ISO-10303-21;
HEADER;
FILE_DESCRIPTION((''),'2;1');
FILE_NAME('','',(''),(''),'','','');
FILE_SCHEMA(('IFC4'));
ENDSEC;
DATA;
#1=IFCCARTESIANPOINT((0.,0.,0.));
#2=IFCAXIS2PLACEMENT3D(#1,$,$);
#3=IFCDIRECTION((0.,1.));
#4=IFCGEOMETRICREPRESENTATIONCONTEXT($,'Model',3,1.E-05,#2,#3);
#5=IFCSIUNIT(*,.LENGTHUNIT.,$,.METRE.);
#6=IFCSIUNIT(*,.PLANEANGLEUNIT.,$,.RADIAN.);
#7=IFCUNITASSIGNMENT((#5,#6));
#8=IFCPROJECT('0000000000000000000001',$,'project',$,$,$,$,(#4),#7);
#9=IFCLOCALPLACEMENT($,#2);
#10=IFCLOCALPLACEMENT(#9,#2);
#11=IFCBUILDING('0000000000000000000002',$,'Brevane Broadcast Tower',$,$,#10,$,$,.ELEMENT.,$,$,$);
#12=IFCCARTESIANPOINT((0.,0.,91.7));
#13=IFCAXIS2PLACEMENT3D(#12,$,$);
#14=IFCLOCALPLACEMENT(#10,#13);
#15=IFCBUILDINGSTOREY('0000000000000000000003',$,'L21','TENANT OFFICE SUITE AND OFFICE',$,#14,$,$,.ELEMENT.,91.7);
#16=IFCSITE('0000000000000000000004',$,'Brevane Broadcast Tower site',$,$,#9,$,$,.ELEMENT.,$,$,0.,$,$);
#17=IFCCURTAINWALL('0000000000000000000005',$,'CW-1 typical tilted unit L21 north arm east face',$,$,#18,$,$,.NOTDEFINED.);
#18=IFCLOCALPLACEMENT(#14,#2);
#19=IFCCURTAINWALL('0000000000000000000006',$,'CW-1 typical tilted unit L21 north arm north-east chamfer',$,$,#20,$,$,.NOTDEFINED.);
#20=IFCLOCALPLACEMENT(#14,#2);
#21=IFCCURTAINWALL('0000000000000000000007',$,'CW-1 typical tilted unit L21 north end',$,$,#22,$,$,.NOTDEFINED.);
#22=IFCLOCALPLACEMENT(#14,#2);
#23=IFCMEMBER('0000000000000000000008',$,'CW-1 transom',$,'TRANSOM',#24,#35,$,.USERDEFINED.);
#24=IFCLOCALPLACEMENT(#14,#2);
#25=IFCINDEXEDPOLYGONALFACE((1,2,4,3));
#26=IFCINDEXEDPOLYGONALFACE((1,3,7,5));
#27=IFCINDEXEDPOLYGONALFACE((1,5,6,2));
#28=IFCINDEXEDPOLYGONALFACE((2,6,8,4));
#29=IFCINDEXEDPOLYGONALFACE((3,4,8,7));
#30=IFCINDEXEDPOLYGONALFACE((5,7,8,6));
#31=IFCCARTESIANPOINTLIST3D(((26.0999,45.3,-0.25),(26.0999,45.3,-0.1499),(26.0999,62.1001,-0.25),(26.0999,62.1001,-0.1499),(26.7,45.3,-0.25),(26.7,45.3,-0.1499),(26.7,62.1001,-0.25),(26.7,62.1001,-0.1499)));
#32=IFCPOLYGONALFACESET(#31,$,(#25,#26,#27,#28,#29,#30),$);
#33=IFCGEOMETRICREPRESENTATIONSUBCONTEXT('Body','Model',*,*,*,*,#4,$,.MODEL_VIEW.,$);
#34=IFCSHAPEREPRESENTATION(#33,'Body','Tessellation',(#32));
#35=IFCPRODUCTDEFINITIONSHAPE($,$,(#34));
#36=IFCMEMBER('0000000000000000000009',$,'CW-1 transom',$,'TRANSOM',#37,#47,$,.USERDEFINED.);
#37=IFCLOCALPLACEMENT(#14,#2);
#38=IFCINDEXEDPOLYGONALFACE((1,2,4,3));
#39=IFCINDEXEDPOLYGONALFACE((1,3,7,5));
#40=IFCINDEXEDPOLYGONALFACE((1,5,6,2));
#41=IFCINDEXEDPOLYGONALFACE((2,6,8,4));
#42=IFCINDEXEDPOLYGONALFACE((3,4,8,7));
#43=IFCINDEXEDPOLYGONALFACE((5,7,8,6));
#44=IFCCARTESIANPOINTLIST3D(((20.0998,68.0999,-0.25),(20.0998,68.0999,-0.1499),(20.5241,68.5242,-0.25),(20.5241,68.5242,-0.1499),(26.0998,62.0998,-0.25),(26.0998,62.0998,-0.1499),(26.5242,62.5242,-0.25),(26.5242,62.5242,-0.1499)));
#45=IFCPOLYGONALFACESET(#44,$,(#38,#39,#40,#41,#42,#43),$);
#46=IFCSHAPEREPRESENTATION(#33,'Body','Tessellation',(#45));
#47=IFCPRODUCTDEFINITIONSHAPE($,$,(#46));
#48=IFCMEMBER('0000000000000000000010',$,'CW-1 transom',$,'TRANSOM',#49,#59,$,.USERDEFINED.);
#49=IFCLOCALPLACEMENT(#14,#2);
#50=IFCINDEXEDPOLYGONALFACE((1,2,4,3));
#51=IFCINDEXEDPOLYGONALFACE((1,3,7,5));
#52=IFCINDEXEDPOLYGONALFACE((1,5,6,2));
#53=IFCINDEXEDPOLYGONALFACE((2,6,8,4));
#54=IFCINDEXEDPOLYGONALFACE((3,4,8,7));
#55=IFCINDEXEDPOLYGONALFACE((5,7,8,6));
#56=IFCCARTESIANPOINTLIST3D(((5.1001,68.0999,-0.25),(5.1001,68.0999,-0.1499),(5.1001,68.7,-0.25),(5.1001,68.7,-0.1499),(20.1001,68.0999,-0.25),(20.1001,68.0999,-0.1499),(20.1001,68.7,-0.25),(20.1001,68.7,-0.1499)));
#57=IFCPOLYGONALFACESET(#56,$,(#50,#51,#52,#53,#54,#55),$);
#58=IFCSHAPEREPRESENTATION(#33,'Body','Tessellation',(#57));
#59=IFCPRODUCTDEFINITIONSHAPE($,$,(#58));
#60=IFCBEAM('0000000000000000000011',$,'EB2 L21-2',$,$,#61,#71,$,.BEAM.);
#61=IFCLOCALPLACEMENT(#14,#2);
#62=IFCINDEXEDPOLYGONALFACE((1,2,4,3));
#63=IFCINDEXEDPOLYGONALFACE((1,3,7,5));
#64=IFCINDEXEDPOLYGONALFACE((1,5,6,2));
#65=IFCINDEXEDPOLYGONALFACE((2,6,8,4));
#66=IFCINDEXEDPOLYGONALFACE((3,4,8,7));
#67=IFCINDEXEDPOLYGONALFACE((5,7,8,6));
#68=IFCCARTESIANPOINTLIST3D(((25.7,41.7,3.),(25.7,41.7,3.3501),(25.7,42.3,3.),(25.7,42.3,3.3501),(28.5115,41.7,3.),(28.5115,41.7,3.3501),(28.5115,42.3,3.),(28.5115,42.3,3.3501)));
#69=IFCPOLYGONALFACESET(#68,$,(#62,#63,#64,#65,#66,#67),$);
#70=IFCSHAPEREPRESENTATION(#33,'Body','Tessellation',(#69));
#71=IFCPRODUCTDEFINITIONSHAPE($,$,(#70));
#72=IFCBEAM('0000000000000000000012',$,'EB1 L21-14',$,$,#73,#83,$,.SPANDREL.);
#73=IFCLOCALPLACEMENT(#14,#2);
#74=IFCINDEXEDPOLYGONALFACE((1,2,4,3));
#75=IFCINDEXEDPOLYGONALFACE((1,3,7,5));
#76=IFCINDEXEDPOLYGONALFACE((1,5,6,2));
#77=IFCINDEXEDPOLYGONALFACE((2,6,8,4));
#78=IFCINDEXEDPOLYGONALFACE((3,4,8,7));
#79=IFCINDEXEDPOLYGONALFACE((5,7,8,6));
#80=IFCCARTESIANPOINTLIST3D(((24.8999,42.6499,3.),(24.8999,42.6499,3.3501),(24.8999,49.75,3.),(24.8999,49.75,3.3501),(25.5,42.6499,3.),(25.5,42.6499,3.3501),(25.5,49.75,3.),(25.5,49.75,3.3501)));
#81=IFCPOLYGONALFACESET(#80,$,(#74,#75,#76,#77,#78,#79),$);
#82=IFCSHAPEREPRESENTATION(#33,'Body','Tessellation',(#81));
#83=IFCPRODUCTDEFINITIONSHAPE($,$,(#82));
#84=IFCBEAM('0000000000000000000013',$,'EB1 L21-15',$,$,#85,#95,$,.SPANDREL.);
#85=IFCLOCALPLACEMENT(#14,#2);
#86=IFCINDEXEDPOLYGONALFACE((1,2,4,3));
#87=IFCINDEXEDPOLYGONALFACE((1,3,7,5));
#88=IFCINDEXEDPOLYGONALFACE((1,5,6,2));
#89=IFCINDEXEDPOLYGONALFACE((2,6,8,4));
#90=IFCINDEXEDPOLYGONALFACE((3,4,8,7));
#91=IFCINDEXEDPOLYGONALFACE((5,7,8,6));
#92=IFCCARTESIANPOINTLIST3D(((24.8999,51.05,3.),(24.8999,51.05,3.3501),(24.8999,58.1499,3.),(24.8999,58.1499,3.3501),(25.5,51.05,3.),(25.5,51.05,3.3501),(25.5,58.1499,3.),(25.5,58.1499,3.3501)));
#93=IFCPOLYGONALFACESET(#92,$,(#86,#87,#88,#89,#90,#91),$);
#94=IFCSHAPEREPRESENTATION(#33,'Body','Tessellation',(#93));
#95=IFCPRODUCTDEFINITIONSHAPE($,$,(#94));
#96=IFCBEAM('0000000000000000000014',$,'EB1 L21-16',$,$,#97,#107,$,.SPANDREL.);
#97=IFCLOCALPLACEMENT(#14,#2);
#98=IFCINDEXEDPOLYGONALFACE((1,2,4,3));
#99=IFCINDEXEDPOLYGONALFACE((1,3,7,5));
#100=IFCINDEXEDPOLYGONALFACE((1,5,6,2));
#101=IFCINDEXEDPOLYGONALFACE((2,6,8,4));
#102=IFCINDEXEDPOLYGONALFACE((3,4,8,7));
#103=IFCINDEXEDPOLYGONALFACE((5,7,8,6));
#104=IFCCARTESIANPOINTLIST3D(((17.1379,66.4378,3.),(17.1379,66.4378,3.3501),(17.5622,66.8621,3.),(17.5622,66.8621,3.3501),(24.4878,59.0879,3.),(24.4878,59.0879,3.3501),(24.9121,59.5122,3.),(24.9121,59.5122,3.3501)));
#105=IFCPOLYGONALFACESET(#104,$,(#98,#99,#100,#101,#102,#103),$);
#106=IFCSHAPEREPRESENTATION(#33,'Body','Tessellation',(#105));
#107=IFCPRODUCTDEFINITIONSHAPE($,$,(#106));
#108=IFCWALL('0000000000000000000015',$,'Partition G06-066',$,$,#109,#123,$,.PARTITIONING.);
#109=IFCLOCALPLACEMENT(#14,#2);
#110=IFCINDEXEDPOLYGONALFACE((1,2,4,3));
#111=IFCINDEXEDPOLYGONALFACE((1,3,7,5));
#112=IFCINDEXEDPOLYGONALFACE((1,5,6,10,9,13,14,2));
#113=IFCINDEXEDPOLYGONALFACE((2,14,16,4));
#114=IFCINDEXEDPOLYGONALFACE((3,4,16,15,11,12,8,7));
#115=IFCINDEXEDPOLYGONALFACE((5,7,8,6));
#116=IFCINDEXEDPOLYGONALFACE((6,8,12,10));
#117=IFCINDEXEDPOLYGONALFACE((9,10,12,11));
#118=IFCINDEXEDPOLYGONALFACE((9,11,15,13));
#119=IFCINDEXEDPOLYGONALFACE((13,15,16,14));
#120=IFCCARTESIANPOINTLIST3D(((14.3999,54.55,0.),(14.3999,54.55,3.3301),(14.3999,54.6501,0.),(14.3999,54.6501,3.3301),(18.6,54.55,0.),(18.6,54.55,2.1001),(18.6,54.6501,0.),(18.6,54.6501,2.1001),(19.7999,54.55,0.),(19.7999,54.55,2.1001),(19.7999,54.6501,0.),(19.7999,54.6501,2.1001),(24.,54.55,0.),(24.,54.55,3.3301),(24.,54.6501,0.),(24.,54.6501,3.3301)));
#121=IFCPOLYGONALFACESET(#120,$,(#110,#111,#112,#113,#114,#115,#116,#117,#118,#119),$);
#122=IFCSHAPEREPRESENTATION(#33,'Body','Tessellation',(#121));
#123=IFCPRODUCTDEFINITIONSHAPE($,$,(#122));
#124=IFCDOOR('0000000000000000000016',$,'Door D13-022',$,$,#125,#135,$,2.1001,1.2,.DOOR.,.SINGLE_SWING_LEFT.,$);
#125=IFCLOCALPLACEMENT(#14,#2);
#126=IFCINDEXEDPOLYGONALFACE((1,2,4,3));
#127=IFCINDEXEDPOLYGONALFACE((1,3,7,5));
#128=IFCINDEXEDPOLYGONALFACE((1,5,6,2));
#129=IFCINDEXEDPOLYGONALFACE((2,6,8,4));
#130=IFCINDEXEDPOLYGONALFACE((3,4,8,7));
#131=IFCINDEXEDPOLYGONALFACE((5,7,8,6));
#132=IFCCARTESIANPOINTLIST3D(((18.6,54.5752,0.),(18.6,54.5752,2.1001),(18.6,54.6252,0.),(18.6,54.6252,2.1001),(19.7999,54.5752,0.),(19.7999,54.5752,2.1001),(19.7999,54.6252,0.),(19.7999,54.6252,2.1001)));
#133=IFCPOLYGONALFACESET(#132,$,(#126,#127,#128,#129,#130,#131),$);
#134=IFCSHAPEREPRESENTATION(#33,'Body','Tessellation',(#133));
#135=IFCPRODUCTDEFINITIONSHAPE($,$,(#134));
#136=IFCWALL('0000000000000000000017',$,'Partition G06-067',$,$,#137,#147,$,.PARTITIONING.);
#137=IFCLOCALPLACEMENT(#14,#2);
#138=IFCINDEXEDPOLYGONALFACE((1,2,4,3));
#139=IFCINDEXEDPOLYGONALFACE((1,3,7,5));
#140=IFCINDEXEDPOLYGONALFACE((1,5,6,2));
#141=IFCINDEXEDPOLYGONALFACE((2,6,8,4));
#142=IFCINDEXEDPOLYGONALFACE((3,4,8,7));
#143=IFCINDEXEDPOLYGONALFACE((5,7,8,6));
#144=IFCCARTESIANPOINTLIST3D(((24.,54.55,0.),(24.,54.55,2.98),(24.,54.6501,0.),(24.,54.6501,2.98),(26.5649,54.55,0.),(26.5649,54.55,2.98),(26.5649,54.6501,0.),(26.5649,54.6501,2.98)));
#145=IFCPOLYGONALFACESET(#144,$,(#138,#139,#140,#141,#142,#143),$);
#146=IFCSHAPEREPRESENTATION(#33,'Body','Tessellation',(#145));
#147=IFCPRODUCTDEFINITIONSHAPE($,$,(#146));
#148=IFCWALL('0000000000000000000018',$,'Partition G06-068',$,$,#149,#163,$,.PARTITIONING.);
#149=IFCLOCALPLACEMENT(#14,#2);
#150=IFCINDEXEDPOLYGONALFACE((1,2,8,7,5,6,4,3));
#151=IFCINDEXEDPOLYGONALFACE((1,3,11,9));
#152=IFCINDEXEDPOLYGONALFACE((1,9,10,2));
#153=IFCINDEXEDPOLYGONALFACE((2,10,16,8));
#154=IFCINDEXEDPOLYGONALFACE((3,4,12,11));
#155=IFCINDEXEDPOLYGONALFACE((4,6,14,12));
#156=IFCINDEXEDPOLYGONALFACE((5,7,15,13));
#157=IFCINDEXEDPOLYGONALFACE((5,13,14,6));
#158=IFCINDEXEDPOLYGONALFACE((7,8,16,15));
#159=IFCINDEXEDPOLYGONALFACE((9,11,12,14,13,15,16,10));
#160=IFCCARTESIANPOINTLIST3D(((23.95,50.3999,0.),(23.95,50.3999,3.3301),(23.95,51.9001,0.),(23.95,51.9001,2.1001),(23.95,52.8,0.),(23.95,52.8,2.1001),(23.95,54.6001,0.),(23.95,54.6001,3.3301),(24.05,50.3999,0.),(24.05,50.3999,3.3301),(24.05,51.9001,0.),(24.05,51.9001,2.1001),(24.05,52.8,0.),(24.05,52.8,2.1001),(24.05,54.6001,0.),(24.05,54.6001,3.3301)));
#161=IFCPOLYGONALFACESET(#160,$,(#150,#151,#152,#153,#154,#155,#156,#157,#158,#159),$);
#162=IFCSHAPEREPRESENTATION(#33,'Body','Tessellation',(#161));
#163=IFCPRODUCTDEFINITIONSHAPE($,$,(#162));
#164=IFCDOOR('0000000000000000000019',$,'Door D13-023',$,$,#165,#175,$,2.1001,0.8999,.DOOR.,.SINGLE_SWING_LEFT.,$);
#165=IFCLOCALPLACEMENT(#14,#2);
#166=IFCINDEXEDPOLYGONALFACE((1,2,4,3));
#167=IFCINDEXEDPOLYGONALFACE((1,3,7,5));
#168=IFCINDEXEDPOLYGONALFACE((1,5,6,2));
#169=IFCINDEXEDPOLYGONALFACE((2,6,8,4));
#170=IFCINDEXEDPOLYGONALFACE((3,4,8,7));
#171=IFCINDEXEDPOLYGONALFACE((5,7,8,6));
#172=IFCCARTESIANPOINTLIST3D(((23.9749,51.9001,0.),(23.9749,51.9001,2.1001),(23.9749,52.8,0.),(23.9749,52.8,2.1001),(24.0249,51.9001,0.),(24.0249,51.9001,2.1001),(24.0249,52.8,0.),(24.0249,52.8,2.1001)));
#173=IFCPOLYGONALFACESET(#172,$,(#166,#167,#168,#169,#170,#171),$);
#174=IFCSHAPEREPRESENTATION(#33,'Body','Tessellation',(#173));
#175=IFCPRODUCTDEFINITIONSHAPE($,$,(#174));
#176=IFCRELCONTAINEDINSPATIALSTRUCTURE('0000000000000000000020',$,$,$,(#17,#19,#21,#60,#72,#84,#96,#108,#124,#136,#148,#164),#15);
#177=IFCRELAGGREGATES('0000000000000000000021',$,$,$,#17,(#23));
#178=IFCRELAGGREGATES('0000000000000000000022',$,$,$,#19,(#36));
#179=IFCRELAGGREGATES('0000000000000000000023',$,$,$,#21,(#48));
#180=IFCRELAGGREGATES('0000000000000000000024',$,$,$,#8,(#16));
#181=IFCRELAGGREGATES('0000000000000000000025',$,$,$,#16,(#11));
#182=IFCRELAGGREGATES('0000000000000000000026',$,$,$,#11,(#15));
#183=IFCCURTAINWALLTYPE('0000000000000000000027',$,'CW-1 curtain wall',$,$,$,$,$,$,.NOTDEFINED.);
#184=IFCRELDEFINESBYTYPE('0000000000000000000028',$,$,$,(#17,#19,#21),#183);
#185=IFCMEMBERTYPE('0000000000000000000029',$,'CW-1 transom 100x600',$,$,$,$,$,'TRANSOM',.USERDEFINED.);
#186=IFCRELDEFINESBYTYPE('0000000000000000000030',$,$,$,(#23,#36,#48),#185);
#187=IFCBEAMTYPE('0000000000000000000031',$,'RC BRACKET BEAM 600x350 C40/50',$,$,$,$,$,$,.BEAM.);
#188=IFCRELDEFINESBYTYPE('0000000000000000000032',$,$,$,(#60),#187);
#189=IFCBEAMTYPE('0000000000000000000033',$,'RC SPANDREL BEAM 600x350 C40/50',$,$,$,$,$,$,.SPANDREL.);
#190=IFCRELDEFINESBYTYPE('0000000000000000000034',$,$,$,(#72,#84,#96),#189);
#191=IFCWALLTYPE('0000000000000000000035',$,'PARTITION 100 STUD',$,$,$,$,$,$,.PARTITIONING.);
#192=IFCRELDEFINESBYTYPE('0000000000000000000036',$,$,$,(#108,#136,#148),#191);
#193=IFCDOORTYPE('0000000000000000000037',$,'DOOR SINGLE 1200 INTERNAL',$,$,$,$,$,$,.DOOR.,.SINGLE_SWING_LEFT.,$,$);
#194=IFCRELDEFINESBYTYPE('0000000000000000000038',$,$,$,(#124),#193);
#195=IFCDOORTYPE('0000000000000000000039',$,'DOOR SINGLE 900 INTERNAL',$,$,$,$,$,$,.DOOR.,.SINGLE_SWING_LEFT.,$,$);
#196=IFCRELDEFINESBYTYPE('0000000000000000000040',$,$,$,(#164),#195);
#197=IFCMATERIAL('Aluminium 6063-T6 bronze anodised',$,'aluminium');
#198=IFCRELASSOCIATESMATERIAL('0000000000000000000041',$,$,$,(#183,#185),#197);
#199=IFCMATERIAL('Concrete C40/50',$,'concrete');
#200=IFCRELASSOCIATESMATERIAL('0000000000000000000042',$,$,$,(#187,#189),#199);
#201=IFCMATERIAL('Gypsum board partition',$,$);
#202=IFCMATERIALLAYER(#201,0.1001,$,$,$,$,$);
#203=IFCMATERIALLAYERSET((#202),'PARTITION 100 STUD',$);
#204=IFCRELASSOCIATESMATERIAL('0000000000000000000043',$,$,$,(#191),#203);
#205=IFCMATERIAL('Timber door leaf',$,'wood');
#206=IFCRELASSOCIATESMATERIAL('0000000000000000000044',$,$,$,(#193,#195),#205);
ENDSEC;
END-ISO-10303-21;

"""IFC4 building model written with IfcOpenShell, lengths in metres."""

from ifc_helpers import new_model, si_unit, direction, frame, frame_2d, origin, origin_2d, place, context, subcontext, project, spatial, rectangle, extrude, material, layer, layer_set, material_profile, profile_set, type_object, element, fill, aggregate, save


model = new_model("IFC4")

# Units and contexts
model_context = context("Model", 3, precision=1e-05, world=origin(), true_north=direction((0.0, 1.0)))
body_context = subcontext(model_context, "Body", "Model", "MODEL_VIEW")
ifc_project = project(units=[si_unit("LENGTHUNIT", "METRE"), si_unit("PLANEANGLEUNIT", "RADIAN")], contexts=[model_context])

# Site, building, storey
site_placement = place(None, origin())
site = spatial("IfcSite", under=ifc_project, at=site_placement, Name="Brevane Broadcast Tower site", CompositionType="ELEMENT", RefElevation=0.0)
building_placement = place(site_placement, origin())
building = spatial("IfcBuilding", under=site, at=building_placement, Name="Brevane Broadcast Tower", CompositionType="ELEMENT")
storey_placement = place(building_placement, frame((0.0, 0.0, 91.7)))
storey = spatial("IfcBuildingStorey", under=building, at=storey_placement, Name="L21", Description="TENANT OFFICE SUITE AND OFFICE", CompositionType="ELEMENT", Elevation=91.7)

# Shared definitions
ifc_material_1 = material(Name="Aluminium 6063-T6 bronze anodised", Category="aluminium")
curtain_wall_type = type_object("IfcCurtainWallType", Name="CW-1 curtain wall", PredefinedType="NOTDEFINED", material=ifc_material_1)

# Curtain walls
curtain_wall_1_placement = place(storey_placement, origin())
curtain_wall_1 = element("IfcCurtainWall", 1, at=curtain_wall_1_placement, inside=storey, type_object=curtain_wall_type, Name="CW-1 typical tilted unit L21 north arm east face", PredefinedType="NOTDEFINED")
curtain_wall_2_placement = place(storey_placement, origin())
curtain_wall_2 = element("IfcCurtainWall", 2, at=curtain_wall_2_placement, inside=storey, type_object=curtain_wall_type, Name="CW-1 typical tilted unit L21 north arm north-east chamfer", PredefinedType="NOTDEFINED")

# Curtain wall
curtain_wall_3_placement = place(storey_placement, origin())
curtain_wall_3 = element("IfcCurtainWall", 3, at=curtain_wall_3_placement, inside=storey, type_object=curtain_wall_type, Name="CW-1 typical tilted unit L21 north end", PredefinedType="NOTDEFINED")

# Members
ifc_material_profile_1 = material_profile(ifc_material_1, rectangle(XDim=0.6001, YDim=0.1001, at=origin_2d()), Name="RECT 100x600")
ifc_profile_set_1 = profile_set([ifc_material_profile_1], Name="Aluminium 6063-T6 bronze anodised")
member_type_1 = type_object("IfcMemberType", Name="CW-1 transom 100x600", ElementType="TRANSOM", PredefinedType="USERDEFINED", material=ifc_profile_set_1)
member_1_placement = place(storey_placement, frame((26.3999, 45.3, -0.2), z_axis=(0.0, 1.0, 0.0), x_axis=(-1.0, 0.0, 0.0)))
member_1 = element("IfcMember", 4, at=member_1_placement, type_object=member_type_1, Name="CW-1 transom", ObjectType="TRANSOM", PredefinedType="USERDEFINED", context=body_context, shape_type="SweptSolid", body=[
    extrude(rectangle(XDim=0.6001, YDim=0.1001, at=origin_2d()), origin(), (0.0, 0.0, 1.0), 16.8),
])
aggregate(curtain_wall_1, [member_1])
member_2_placement = place(storey_placement, frame((26.312, 62.312, -0.2), z_axis=(-0.707107, 0.707107, 0.0), x_axis=(-0.707107, -0.707107, 0.0)))
member_2 = element("IfcMember", 5, at=member_2_placement, type_object=member_type_1, Name="CW-1 transom", ObjectType="TRANSOM", PredefinedType="USERDEFINED", context=body_context, shape_type="SweptSolid", body=[
    extrude(rectangle(XDim=0.6001, YDim=0.1001, at=origin_2d()), origin(), (0.0, 0.0, 1.0), 8.4854),
])
aggregate(curtain_wall_2, [member_2])
member_3_placement = place(storey_placement, frame((20.1001, 68.3999, -0.2), z_axis=(-1.0, 0.0, 0.0), x_axis=(0.0, -1.0, 0.0)))
member_3 = element("IfcMember", 6, at=member_3_placement, type_object=member_type_1, Name="CW-1 transom", ObjectType="TRANSOM", PredefinedType="USERDEFINED", context=body_context, shape_type="SweptSolid", body=[
    extrude(rectangle(XDim=0.6001, YDim=0.1001, at=origin_2d()), origin(), (0.0, 0.0, 1.0), 15.0),
])
aggregate(curtain_wall_3, [member_3])

# Beams
ifc_material_2 = material(Name="Concrete C40/50", Category="concrete")
ifc_material_profile_2 = material_profile(ifc_material_2, rectangle(XDim=0.6001, YDim=0.3501, at=origin_2d()), Name="RC 600x350")
ifc_profile_set_2 = profile_set([ifc_material_profile_2], Name="Concrete C40/50")
beam_type_1 = type_object("IfcBeamType", Name="RC BRACKET BEAM 600x350 C40/50", PredefinedType="BEAM", material=ifc_profile_set_2)
beam_1_placement = place(storey_placement, frame((25.7, 42.0, 3.175), z_axis=(1.0, 0.0, 0.0), x_axis=(0.0, 1.0, 0.0)))
element("IfcBeam", 7, at=beam_1_placement, inside=storey, type_object=beam_type_1, Name="EB2 L21-2", PredefinedType="BEAM", context=body_context, shape_type="SweptSolid", body=[
    extrude(rectangle(XDim=0.6001, YDim=0.3501, at=origin_2d()), origin(), (0.0, 0.0, 1.0), 2.8115),
])
ifc_material_profile_3 = material_profile(ifc_material_2, rectangle(XDim=0.6001, YDim=0.3501, at=origin_2d()), Name="RC 600x350")
ifc_profile_set_3 = profile_set([ifc_material_profile_3], Name="Concrete C40/50")
beam_type_2 = type_object("IfcBeamType", Name="RC SPANDREL BEAM 600x350 C40/50", PredefinedType="SPANDREL", material=ifc_profile_set_3)
beam_2_placement = place(storey_placement, frame((25.2, 42.6499, 3.175), z_axis=(0.0, 1.0, 0.0), x_axis=(-1.0, 0.0, 0.0)))
element("IfcBeam", 8, at=beam_2_placement, inside=storey, type_object=beam_type_2, Name="EB1 L21-14", PredefinedType="SPANDREL", context=body_context, shape_type="SweptSolid", body=[
    extrude(rectangle(XDim=0.6001, YDim=0.3501, at=origin_2d()), origin(), (0.0, 0.0, 1.0), 7.1001),
])
beam_3_placement = place(storey_placement, frame((25.2, 51.05, 3.175), z_axis=(0.0, 1.0, 0.0), x_axis=(-1.0, 0.0, 0.0)))
element("IfcBeam", 9, at=beam_3_placement, inside=storey, type_object=beam_type_2, Name="EB1 L21-15", PredefinedType="SPANDREL", context=body_context, shape_type="SweptSolid", body=[
    extrude(rectangle(XDim=0.6001, YDim=0.3501, at=origin_2d()), origin(), (0.0, 0.0, 1.0), 7.0999),
])
beam_4_placement = place(storey_placement, frame((24.7, 59.3, 3.175), z_axis=(-0.707107, 0.707107, 0.0), x_axis=(-0.707107, -0.707107, 0.0)))
element("IfcBeam", 10, at=beam_4_placement, inside=storey, type_object=beam_type_2, Name="EB1 L21-16", PredefinedType="SPANDREL", context=body_context, shape_type="SweptSolid", body=[
    extrude(rectangle(XDim=0.6001, YDim=0.3501, at=origin_2d()), origin(), (0.0, 0.0, 1.0), 10.3943),
])

# Wall, opening, door
ifc_material_3 = material(Name="Gypsum board partition")
ifc_layer_1 = layer(ifc_material_3, 0.1001)
ifc_layer_set_1 = layer_set([ifc_layer_1], Name="PARTITION 100 STUD")
wall_type_1 = type_object("IfcWallType", Name="PARTITION 100 STUD", PredefinedType="PARTITIONING", material=ifc_layer_set_1)
wall_1_placement = place(storey_placement, frame((24.0, 54.6001, 0.0), z_axis=(0.0, 0.0, 1.0), x_axis=(-1.0, 0.0, 0.0)))
wall_1 = element("IfcWall", 11, at=wall_1_placement, inside=storey, type_object=wall_type_1, Name="Partition G06-066", PredefinedType="PARTITIONING", context=body_context, shape_type="SweptSolid", body=[
    extrude(rectangle(XDim=9.6001, YDim=0.1001, at=frame_2d((4.8, 0.0))), origin(), (0.0, 0.0, 1.0), 3.3301),
])
opening_1_placement = place(wall_1_placement, frame((4.2, 0.0, 0.0)))
opening_1 = element("IfcOpeningElement", 12, at=opening_1_placement, cuts=wall_1, PredefinedType="OPENING", context=body_context, shape_type="SweptSolid", body=[
    extrude(rectangle(XDim=1.2, YDim=2.1001, at=frame_2d((0.6001, 1.05))), frame((0.0, 0.0601, 0.0), z_axis=(0.0, -1.0, 0.0), x_axis=(1.0, 0.0, 0.0)), (0.0, 0.0, 1.0), 0.1201),
])
ifc_material_4 = material(Name="Timber door leaf", Category="wood")
door_type_1 = type_object("IfcDoorType", Name="DOOR SINGLE 1200 INTERNAL", OperationType="SINGLE_SWING_LEFT", PredefinedType="DOOR", material=ifc_material_4)
door_1_placement = place(opening_1_placement, origin())
door_1 = element("IfcDoor", 13, at=door_1_placement, inside=storey, type_object=door_type_1, Name="Door D13-022", OperationType="SINGLE_SWING_LEFT", OverallHeight=2.1001, OverallWidth=1.2, PredefinedType="DOOR", context=body_context, shape_type="SweptSolid", body=[
    extrude(rectangle(XDim=1.2, YDim=2.1001, at=frame_2d((0.6001, 1.05))), frame((0.0, 0.0249, 0.0), z_axis=(0.0, -1.0, 0.0), x_axis=(1.0, 0.0, 0.0)), (0.0, 0.0, 1.0), 0.05),
])
fill(opening_1, door_1)

# Wall
wall_2_placement = place(storey_placement, frame((26.5649, 54.6001, 0.0), z_axis=(0.0, 0.0, 1.0), x_axis=(-1.0, 0.0, 0.0)))
element("IfcWall", 14, at=wall_2_placement, inside=storey, type_object=wall_type_1, Name="Partition G06-067", PredefinedType="PARTITIONING", context=body_context, shape_type="SweptSolid", body=[
    extrude(rectangle(XDim=2.5649, YDim=0.1001, at=frame_2d((1.2825, 0.0))), origin(), (0.0, 0.0, 1.0), 2.98),
])

# Wall, opening, door
wall_3_placement = place(storey_placement, frame((24.0, 54.6001, 0.0), z_axis=(0.0, 0.0, 1.0), x_axis=(0.0, -1.0, 0.0)))
wall_3 = element("IfcWall", 15, at=wall_3_placement, inside=storey, type_object=wall_type_1, Name="Partition G06-068", PredefinedType="PARTITIONING", context=body_context, shape_type="SweptSolid", body=[
    extrude(rectangle(XDim=4.2002, YDim=0.1001, at=frame_2d((2.1001, 0.0))), origin(), (0.0, 0.0, 1.0), 3.3301),
])
opening_2_placement = place(wall_3_placement, frame((1.8, 0.0, 0.0)))
opening_2 = element("IfcOpeningElement", 16, at=opening_2_placement, cuts=wall_3, PredefinedType="OPENING", context=body_context, shape_type="SweptSolid", body=[
    extrude(rectangle(XDim=0.8999, YDim=2.1001, at=frame_2d((0.45, 1.05))), frame((0.0, 0.0601, 0.0), z_axis=(0.0, -1.0, 0.0), x_axis=(1.0, 0.0, 0.0)), (0.0, 0.0, 1.0), 0.1201),
])
door_type_2 = type_object("IfcDoorType", Name="DOOR SINGLE 900 INTERNAL", OperationType="SINGLE_SWING_LEFT", PredefinedType="DOOR", material=ifc_material_4)
door_2_placement = place(opening_2_placement, origin())
door_2 = element("IfcDoor", 17, at=door_2_placement, inside=storey, type_object=door_type_2, Name="Door D13-023", OperationType="SINGLE_SWING_LEFT", OverallHeight=2.1001, OverallWidth=0.8999, PredefinedType="DOOR", context=body_context, shape_type="SweptSolid", body=[
    extrude(rectangle(XDim=0.8999, YDim=2.1001, at=frame_2d((0.45, 1.05))), frame((0.0, 0.0249, 0.0), z_axis=(0.0, -1.0, 0.0), x_axis=(1.0, 0.0, 0.0)), (0.0, 0.0, 1.0), 0.05),
])
fill(opening_2, door_2)

save(model, "model.ifc")
